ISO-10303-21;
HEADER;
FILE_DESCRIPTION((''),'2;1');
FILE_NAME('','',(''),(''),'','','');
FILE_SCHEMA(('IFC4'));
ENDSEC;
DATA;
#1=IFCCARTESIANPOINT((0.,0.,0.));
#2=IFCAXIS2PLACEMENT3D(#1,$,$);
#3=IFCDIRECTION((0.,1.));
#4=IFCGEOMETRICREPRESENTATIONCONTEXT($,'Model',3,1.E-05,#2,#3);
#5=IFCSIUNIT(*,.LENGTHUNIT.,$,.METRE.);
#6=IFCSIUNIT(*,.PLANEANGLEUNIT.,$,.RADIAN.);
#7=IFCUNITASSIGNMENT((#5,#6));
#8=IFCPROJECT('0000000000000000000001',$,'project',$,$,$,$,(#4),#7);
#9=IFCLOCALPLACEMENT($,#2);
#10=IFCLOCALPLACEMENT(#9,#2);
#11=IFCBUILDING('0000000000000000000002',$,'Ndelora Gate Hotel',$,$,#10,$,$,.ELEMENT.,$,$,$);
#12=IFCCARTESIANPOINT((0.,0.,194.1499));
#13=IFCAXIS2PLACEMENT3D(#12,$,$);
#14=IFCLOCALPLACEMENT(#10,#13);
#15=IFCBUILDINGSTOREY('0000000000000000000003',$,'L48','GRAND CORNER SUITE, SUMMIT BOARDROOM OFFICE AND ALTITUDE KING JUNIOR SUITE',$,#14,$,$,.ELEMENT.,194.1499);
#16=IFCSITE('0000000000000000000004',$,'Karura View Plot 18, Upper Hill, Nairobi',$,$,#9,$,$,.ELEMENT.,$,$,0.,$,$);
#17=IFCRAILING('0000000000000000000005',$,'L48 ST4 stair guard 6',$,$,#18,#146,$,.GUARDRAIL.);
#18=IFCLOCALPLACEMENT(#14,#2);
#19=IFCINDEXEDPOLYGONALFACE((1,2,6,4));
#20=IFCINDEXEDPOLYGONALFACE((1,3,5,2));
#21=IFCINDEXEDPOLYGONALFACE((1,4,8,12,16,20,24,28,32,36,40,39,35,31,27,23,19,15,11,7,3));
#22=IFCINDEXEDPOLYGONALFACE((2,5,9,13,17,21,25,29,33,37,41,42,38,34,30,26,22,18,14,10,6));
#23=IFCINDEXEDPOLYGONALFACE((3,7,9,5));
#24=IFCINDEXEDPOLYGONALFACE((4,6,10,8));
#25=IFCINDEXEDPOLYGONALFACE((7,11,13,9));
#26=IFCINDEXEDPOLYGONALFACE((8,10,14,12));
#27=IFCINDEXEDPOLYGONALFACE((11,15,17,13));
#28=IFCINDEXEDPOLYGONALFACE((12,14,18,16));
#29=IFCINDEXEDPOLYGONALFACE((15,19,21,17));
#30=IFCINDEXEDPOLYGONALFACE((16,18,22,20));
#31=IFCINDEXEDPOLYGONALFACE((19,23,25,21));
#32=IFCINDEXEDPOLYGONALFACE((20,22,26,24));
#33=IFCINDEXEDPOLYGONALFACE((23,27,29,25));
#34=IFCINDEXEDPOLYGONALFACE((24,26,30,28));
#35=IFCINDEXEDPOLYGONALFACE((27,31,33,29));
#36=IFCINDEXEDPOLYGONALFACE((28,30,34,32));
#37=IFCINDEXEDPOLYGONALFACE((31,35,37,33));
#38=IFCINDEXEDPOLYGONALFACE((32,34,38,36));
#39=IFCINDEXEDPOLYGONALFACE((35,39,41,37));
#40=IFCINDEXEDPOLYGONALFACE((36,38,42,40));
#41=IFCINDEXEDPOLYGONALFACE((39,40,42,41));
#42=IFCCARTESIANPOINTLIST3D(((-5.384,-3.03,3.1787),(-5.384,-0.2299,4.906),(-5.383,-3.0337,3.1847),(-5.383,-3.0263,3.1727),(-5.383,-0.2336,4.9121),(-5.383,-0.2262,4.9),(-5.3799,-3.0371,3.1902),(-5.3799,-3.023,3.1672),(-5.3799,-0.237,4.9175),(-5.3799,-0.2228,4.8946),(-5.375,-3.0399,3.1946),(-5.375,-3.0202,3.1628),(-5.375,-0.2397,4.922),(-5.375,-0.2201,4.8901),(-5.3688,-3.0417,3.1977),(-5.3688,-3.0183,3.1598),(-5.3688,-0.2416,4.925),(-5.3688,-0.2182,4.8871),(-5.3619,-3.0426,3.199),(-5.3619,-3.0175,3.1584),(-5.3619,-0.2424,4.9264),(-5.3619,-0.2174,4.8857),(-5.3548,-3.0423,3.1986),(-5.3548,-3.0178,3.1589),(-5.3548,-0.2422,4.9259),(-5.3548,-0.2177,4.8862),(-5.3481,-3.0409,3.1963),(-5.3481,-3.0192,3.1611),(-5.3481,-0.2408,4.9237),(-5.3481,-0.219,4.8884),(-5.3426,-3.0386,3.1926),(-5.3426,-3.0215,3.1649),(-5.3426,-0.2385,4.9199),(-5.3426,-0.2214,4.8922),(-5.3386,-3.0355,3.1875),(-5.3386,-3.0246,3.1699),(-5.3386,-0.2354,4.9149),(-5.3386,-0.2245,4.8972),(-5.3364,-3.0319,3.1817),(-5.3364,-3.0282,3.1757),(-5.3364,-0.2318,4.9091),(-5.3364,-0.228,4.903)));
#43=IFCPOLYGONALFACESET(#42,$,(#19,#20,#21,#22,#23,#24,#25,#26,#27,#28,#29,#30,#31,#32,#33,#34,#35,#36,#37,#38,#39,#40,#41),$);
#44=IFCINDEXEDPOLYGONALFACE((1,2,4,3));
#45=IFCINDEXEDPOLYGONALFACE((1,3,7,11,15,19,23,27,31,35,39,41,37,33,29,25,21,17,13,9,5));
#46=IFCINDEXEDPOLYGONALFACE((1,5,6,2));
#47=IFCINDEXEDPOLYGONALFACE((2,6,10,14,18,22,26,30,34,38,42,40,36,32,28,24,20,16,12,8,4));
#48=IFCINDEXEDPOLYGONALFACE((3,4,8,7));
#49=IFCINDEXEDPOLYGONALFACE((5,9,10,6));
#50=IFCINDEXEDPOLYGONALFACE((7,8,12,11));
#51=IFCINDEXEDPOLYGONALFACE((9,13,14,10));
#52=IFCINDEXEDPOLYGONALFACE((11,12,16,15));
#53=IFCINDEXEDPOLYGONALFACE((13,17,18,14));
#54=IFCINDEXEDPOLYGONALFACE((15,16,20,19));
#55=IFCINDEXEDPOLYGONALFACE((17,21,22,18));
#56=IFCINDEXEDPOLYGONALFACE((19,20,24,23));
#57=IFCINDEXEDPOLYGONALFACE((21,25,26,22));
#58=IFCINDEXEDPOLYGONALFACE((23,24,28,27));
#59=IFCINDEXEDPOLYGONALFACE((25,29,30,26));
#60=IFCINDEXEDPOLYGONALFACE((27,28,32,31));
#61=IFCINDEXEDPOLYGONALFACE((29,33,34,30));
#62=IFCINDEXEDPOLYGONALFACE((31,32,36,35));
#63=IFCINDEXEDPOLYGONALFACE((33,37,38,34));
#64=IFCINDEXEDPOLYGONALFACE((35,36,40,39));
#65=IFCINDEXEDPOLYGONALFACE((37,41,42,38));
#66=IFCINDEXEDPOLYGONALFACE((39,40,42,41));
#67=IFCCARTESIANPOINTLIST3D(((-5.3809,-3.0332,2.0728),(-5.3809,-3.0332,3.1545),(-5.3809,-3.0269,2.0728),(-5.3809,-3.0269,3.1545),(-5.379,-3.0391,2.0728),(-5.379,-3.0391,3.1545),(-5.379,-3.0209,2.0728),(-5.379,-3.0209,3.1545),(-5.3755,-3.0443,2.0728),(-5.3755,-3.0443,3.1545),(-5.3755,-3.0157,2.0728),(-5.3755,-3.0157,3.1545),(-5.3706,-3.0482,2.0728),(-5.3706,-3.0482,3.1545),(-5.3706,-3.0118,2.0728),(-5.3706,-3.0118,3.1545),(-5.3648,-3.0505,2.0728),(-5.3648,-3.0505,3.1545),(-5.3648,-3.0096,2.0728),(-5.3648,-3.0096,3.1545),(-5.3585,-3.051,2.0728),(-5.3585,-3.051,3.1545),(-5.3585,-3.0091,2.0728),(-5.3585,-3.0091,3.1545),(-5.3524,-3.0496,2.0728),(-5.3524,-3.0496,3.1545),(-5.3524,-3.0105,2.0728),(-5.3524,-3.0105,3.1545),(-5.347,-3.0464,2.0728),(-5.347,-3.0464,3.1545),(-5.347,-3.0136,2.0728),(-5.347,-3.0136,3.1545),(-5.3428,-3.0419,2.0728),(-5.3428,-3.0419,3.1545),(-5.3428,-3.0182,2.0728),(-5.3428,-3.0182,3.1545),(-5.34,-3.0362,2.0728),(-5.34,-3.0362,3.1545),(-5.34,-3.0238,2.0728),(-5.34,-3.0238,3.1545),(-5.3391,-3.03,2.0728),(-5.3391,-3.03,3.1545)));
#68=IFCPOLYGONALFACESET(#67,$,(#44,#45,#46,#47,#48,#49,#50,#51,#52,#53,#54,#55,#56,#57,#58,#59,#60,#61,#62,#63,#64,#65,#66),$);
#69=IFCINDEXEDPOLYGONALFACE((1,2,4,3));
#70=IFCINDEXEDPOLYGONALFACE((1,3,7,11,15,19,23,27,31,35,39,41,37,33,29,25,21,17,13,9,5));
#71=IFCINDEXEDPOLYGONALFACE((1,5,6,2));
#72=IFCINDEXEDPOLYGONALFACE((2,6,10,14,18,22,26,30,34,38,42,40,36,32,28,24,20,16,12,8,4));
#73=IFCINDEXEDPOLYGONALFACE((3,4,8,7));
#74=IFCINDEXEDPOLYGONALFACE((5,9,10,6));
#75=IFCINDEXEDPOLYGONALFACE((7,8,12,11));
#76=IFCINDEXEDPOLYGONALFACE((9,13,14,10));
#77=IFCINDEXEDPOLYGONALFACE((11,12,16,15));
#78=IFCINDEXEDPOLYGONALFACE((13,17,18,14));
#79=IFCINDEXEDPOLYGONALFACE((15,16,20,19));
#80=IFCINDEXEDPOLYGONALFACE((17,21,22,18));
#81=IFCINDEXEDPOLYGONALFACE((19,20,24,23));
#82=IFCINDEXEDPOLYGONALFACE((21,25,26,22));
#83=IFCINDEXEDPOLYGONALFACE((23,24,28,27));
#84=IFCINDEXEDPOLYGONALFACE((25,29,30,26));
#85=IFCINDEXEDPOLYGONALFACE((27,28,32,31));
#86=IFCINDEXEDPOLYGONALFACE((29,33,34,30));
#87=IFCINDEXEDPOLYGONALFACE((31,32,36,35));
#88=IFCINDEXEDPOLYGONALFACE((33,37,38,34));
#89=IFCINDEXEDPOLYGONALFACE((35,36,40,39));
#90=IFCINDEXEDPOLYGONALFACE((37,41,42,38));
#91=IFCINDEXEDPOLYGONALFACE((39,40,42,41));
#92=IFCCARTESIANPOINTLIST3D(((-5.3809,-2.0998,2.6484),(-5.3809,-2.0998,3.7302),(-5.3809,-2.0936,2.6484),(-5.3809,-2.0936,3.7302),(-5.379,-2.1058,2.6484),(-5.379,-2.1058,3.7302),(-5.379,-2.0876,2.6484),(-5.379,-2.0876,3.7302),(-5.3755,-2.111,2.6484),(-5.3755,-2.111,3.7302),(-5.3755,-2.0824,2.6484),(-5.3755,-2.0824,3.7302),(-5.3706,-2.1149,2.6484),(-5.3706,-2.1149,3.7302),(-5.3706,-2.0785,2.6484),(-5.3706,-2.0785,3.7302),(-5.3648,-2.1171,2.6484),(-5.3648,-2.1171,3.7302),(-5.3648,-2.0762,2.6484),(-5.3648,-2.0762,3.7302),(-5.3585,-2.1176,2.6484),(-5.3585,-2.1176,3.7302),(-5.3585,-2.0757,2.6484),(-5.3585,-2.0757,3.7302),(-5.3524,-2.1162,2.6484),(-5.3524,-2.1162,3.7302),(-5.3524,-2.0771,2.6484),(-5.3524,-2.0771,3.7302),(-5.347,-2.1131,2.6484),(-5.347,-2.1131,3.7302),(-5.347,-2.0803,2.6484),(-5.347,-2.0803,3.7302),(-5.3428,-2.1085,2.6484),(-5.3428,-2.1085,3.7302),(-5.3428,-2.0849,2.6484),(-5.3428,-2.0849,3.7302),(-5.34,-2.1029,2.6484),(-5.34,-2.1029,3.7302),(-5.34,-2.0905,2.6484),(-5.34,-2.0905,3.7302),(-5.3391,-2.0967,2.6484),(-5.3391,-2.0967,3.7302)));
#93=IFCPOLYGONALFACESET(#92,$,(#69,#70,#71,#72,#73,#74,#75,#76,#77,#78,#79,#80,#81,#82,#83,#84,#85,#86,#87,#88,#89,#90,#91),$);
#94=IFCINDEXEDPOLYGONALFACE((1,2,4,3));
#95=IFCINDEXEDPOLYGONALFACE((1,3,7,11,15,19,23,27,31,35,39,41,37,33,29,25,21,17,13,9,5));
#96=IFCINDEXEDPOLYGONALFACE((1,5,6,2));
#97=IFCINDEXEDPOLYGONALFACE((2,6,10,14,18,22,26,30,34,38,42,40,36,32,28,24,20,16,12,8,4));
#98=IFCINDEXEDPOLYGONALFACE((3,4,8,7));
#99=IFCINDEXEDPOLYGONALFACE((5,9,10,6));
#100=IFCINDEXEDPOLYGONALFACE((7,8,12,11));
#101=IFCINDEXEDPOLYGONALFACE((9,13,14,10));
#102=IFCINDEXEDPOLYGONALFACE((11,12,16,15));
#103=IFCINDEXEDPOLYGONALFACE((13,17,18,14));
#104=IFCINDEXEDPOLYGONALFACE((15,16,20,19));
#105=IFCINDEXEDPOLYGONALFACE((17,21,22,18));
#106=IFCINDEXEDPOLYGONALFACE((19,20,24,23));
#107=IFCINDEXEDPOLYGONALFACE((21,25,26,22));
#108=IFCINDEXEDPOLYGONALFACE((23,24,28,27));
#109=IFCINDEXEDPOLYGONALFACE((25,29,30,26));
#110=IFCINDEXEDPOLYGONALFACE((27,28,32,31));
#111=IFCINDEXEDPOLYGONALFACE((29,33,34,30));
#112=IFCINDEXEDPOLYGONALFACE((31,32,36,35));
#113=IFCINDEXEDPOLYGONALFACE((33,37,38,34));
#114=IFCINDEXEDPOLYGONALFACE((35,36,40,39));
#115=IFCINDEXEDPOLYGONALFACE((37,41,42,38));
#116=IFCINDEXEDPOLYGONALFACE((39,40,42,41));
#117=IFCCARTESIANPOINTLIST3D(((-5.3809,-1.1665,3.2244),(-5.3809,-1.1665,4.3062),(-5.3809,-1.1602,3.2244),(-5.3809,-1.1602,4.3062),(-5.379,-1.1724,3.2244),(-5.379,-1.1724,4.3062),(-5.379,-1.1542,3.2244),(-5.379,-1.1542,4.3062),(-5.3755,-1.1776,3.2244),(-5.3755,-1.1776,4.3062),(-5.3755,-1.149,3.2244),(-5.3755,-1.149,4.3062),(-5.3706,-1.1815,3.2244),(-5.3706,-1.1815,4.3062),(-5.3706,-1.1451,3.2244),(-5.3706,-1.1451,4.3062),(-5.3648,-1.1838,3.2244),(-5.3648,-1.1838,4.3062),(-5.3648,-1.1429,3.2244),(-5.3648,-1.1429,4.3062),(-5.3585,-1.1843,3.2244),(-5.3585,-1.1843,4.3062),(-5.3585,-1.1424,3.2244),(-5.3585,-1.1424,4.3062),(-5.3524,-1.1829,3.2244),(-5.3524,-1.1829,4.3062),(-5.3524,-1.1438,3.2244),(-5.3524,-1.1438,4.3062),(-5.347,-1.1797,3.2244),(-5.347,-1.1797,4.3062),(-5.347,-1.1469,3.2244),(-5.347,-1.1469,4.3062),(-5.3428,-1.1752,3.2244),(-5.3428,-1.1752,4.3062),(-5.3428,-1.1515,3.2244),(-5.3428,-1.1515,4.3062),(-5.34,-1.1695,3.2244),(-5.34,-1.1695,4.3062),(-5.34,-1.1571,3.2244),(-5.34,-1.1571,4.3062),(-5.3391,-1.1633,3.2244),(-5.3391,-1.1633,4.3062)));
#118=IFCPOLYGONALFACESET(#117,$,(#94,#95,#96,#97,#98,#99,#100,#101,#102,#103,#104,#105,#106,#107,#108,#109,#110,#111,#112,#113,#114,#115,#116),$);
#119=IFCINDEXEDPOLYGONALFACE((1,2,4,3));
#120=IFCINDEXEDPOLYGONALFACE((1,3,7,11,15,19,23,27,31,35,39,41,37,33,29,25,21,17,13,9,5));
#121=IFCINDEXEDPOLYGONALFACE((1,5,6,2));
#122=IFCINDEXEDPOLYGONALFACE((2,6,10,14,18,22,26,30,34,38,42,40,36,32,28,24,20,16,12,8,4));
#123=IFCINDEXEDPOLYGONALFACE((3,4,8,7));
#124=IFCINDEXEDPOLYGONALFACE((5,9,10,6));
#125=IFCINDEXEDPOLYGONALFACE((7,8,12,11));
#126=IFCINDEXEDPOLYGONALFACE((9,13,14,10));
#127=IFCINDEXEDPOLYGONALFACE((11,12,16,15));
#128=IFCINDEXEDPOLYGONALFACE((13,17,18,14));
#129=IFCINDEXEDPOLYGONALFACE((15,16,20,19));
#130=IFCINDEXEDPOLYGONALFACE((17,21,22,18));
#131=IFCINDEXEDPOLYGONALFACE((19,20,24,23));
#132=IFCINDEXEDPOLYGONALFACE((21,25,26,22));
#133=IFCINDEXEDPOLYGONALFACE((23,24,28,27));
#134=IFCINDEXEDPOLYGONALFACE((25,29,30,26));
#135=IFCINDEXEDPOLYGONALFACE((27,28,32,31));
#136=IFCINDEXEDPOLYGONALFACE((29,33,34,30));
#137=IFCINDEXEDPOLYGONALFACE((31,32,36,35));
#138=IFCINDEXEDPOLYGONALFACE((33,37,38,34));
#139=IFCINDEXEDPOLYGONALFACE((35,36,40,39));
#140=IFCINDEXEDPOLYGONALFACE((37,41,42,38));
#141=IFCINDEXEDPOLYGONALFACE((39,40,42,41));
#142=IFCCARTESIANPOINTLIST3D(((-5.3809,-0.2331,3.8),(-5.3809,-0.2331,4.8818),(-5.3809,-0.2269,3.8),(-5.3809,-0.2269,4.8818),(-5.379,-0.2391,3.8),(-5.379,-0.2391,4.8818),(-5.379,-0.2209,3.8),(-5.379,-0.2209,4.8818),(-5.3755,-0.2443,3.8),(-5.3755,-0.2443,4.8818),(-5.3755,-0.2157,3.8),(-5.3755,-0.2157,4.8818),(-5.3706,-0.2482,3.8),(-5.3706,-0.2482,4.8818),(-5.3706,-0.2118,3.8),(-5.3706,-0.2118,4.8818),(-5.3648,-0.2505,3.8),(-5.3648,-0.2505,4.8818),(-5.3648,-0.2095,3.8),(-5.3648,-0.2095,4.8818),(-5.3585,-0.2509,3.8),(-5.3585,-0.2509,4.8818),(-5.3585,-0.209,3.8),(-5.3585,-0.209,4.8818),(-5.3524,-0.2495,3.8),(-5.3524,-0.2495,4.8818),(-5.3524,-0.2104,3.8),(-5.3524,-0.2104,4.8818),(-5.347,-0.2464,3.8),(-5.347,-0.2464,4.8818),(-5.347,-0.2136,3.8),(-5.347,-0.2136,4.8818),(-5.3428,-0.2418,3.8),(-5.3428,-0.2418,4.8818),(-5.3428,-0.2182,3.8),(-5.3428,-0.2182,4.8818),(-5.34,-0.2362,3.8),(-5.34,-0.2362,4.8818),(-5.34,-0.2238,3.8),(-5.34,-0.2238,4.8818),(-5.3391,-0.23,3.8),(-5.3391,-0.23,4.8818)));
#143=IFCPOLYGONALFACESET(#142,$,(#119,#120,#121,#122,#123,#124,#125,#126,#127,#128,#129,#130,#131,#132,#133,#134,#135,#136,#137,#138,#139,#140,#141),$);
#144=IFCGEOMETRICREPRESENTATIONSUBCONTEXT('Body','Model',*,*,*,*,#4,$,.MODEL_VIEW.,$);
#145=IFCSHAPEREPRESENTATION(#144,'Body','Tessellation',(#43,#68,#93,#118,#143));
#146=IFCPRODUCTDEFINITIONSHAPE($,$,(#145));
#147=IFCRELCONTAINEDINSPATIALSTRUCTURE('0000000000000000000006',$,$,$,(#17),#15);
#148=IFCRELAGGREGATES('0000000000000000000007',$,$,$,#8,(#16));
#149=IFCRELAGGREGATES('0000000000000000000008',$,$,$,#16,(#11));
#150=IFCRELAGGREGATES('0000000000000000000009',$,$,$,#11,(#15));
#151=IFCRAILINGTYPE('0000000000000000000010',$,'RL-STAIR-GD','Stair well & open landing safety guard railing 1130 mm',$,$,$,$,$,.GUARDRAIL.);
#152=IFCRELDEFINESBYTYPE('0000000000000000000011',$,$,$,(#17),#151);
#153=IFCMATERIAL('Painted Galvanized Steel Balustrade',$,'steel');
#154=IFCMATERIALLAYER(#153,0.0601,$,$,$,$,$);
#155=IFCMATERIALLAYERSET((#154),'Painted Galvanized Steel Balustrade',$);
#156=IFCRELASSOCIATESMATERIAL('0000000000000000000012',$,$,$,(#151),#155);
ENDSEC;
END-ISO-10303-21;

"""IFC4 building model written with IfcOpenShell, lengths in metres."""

from ifc_helpers import new_model, si_unit, direction, frame, origin, origin_2d, place, context, subcontext, project, spatial, circle, extrude, material, layer, layer_set, type_object, element, save


model = new_model("IFC4")

# Units and contexts
model_context = context("Model", 3, precision=1e-05, world=origin(), true_north=direction((0.0, 1.0)))
body_context = subcontext(model_context, "Body", "Model", "MODEL_VIEW")
ifc_project = project(units=[si_unit("LENGTHUNIT", "METRE"), si_unit("PLANEANGLEUNIT", "RADIAN")], contexts=[model_context])

# Site, building, storey
site_placement = place(None, origin())
site = spatial("IfcSite", under=ifc_project, at=site_placement, Name="Karura View Plot 18, Upper Hill, Nairobi", CompositionType="ELEMENT", RefElevation=0.0)
building_placement = place(site_placement, origin())
building = spatial("IfcBuilding", under=site, at=building_placement, Name="Ndelora Gate Hotel", CompositionType="ELEMENT")
storey_placement = place(building_placement, frame((0.0, 0.0, 194.1499)))
storey = spatial("IfcBuildingStorey", under=building, at=storey_placement, Name="L48", Description="GRAND CORNER SUITE, SUMMIT BOARDROOM OFFICE AND ALTITUDE KING JUNIOR SUITE", CompositionType="ELEMENT", Elevation=194.1499)

# Railing
ifc_material_1 = material(Name="Painted Galvanized Steel Balustrade", Category="steel")
ifc_layer_1 = layer(ifc_material_1, 0.0601)
ifc_layer_set_1 = layer_set([ifc_layer_1], Name="Painted Galvanized Steel Balustrade")
railing_type_1 = type_object("IfcRailingType", Name="RL-STAIR-GD", Description="Stair well & open landing safety guard railing 1130 mm", PredefinedType="GUARDRAIL", material=ifc_layer_set_1)
railing_1_placement = place(storey_placement, frame((-5.3601, -3.03, 2.0728)))
element("IfcRailing", 1, at=railing_1_placement, inside=storey, type_object=railing_type_1, Name="L48 ST4 stair guard 6", PredefinedType="GUARDRAIL", context=body_context, shape_type="SweptSolid", body=[
    extrude(circle(Radius=0.0239, at=origin_2d()), frame((0.0, 0.0, 1.106), z_axis=(0.0, 0.85109, 0.52502), x_axis=(-1.0, 0.0, 0.0)), (0.0, 0.0, 1.0), 3.29),
    extrude(circle(Radius=0.021, at=origin_2d()), origin(), (0.0, 0.0, 1.0), 1.0818),
    extrude(circle(Radius=0.021, at=origin_2d()), frame((0.0, 0.9333, 0.5757)), (0.0, 0.0, 1.0), 1.0818),
    extrude(circle(Radius=0.021, at=origin_2d()), frame((0.0, 1.8667, 1.1516)), (0.0, 0.0, 1.0), 1.0818),
    extrude(circle(Radius=0.021, at=origin_2d()), frame((0.0, 2.8, 1.7273)), (0.0, 0.0, 1.0), 1.0818),
])

save(model, "model.ifc")
